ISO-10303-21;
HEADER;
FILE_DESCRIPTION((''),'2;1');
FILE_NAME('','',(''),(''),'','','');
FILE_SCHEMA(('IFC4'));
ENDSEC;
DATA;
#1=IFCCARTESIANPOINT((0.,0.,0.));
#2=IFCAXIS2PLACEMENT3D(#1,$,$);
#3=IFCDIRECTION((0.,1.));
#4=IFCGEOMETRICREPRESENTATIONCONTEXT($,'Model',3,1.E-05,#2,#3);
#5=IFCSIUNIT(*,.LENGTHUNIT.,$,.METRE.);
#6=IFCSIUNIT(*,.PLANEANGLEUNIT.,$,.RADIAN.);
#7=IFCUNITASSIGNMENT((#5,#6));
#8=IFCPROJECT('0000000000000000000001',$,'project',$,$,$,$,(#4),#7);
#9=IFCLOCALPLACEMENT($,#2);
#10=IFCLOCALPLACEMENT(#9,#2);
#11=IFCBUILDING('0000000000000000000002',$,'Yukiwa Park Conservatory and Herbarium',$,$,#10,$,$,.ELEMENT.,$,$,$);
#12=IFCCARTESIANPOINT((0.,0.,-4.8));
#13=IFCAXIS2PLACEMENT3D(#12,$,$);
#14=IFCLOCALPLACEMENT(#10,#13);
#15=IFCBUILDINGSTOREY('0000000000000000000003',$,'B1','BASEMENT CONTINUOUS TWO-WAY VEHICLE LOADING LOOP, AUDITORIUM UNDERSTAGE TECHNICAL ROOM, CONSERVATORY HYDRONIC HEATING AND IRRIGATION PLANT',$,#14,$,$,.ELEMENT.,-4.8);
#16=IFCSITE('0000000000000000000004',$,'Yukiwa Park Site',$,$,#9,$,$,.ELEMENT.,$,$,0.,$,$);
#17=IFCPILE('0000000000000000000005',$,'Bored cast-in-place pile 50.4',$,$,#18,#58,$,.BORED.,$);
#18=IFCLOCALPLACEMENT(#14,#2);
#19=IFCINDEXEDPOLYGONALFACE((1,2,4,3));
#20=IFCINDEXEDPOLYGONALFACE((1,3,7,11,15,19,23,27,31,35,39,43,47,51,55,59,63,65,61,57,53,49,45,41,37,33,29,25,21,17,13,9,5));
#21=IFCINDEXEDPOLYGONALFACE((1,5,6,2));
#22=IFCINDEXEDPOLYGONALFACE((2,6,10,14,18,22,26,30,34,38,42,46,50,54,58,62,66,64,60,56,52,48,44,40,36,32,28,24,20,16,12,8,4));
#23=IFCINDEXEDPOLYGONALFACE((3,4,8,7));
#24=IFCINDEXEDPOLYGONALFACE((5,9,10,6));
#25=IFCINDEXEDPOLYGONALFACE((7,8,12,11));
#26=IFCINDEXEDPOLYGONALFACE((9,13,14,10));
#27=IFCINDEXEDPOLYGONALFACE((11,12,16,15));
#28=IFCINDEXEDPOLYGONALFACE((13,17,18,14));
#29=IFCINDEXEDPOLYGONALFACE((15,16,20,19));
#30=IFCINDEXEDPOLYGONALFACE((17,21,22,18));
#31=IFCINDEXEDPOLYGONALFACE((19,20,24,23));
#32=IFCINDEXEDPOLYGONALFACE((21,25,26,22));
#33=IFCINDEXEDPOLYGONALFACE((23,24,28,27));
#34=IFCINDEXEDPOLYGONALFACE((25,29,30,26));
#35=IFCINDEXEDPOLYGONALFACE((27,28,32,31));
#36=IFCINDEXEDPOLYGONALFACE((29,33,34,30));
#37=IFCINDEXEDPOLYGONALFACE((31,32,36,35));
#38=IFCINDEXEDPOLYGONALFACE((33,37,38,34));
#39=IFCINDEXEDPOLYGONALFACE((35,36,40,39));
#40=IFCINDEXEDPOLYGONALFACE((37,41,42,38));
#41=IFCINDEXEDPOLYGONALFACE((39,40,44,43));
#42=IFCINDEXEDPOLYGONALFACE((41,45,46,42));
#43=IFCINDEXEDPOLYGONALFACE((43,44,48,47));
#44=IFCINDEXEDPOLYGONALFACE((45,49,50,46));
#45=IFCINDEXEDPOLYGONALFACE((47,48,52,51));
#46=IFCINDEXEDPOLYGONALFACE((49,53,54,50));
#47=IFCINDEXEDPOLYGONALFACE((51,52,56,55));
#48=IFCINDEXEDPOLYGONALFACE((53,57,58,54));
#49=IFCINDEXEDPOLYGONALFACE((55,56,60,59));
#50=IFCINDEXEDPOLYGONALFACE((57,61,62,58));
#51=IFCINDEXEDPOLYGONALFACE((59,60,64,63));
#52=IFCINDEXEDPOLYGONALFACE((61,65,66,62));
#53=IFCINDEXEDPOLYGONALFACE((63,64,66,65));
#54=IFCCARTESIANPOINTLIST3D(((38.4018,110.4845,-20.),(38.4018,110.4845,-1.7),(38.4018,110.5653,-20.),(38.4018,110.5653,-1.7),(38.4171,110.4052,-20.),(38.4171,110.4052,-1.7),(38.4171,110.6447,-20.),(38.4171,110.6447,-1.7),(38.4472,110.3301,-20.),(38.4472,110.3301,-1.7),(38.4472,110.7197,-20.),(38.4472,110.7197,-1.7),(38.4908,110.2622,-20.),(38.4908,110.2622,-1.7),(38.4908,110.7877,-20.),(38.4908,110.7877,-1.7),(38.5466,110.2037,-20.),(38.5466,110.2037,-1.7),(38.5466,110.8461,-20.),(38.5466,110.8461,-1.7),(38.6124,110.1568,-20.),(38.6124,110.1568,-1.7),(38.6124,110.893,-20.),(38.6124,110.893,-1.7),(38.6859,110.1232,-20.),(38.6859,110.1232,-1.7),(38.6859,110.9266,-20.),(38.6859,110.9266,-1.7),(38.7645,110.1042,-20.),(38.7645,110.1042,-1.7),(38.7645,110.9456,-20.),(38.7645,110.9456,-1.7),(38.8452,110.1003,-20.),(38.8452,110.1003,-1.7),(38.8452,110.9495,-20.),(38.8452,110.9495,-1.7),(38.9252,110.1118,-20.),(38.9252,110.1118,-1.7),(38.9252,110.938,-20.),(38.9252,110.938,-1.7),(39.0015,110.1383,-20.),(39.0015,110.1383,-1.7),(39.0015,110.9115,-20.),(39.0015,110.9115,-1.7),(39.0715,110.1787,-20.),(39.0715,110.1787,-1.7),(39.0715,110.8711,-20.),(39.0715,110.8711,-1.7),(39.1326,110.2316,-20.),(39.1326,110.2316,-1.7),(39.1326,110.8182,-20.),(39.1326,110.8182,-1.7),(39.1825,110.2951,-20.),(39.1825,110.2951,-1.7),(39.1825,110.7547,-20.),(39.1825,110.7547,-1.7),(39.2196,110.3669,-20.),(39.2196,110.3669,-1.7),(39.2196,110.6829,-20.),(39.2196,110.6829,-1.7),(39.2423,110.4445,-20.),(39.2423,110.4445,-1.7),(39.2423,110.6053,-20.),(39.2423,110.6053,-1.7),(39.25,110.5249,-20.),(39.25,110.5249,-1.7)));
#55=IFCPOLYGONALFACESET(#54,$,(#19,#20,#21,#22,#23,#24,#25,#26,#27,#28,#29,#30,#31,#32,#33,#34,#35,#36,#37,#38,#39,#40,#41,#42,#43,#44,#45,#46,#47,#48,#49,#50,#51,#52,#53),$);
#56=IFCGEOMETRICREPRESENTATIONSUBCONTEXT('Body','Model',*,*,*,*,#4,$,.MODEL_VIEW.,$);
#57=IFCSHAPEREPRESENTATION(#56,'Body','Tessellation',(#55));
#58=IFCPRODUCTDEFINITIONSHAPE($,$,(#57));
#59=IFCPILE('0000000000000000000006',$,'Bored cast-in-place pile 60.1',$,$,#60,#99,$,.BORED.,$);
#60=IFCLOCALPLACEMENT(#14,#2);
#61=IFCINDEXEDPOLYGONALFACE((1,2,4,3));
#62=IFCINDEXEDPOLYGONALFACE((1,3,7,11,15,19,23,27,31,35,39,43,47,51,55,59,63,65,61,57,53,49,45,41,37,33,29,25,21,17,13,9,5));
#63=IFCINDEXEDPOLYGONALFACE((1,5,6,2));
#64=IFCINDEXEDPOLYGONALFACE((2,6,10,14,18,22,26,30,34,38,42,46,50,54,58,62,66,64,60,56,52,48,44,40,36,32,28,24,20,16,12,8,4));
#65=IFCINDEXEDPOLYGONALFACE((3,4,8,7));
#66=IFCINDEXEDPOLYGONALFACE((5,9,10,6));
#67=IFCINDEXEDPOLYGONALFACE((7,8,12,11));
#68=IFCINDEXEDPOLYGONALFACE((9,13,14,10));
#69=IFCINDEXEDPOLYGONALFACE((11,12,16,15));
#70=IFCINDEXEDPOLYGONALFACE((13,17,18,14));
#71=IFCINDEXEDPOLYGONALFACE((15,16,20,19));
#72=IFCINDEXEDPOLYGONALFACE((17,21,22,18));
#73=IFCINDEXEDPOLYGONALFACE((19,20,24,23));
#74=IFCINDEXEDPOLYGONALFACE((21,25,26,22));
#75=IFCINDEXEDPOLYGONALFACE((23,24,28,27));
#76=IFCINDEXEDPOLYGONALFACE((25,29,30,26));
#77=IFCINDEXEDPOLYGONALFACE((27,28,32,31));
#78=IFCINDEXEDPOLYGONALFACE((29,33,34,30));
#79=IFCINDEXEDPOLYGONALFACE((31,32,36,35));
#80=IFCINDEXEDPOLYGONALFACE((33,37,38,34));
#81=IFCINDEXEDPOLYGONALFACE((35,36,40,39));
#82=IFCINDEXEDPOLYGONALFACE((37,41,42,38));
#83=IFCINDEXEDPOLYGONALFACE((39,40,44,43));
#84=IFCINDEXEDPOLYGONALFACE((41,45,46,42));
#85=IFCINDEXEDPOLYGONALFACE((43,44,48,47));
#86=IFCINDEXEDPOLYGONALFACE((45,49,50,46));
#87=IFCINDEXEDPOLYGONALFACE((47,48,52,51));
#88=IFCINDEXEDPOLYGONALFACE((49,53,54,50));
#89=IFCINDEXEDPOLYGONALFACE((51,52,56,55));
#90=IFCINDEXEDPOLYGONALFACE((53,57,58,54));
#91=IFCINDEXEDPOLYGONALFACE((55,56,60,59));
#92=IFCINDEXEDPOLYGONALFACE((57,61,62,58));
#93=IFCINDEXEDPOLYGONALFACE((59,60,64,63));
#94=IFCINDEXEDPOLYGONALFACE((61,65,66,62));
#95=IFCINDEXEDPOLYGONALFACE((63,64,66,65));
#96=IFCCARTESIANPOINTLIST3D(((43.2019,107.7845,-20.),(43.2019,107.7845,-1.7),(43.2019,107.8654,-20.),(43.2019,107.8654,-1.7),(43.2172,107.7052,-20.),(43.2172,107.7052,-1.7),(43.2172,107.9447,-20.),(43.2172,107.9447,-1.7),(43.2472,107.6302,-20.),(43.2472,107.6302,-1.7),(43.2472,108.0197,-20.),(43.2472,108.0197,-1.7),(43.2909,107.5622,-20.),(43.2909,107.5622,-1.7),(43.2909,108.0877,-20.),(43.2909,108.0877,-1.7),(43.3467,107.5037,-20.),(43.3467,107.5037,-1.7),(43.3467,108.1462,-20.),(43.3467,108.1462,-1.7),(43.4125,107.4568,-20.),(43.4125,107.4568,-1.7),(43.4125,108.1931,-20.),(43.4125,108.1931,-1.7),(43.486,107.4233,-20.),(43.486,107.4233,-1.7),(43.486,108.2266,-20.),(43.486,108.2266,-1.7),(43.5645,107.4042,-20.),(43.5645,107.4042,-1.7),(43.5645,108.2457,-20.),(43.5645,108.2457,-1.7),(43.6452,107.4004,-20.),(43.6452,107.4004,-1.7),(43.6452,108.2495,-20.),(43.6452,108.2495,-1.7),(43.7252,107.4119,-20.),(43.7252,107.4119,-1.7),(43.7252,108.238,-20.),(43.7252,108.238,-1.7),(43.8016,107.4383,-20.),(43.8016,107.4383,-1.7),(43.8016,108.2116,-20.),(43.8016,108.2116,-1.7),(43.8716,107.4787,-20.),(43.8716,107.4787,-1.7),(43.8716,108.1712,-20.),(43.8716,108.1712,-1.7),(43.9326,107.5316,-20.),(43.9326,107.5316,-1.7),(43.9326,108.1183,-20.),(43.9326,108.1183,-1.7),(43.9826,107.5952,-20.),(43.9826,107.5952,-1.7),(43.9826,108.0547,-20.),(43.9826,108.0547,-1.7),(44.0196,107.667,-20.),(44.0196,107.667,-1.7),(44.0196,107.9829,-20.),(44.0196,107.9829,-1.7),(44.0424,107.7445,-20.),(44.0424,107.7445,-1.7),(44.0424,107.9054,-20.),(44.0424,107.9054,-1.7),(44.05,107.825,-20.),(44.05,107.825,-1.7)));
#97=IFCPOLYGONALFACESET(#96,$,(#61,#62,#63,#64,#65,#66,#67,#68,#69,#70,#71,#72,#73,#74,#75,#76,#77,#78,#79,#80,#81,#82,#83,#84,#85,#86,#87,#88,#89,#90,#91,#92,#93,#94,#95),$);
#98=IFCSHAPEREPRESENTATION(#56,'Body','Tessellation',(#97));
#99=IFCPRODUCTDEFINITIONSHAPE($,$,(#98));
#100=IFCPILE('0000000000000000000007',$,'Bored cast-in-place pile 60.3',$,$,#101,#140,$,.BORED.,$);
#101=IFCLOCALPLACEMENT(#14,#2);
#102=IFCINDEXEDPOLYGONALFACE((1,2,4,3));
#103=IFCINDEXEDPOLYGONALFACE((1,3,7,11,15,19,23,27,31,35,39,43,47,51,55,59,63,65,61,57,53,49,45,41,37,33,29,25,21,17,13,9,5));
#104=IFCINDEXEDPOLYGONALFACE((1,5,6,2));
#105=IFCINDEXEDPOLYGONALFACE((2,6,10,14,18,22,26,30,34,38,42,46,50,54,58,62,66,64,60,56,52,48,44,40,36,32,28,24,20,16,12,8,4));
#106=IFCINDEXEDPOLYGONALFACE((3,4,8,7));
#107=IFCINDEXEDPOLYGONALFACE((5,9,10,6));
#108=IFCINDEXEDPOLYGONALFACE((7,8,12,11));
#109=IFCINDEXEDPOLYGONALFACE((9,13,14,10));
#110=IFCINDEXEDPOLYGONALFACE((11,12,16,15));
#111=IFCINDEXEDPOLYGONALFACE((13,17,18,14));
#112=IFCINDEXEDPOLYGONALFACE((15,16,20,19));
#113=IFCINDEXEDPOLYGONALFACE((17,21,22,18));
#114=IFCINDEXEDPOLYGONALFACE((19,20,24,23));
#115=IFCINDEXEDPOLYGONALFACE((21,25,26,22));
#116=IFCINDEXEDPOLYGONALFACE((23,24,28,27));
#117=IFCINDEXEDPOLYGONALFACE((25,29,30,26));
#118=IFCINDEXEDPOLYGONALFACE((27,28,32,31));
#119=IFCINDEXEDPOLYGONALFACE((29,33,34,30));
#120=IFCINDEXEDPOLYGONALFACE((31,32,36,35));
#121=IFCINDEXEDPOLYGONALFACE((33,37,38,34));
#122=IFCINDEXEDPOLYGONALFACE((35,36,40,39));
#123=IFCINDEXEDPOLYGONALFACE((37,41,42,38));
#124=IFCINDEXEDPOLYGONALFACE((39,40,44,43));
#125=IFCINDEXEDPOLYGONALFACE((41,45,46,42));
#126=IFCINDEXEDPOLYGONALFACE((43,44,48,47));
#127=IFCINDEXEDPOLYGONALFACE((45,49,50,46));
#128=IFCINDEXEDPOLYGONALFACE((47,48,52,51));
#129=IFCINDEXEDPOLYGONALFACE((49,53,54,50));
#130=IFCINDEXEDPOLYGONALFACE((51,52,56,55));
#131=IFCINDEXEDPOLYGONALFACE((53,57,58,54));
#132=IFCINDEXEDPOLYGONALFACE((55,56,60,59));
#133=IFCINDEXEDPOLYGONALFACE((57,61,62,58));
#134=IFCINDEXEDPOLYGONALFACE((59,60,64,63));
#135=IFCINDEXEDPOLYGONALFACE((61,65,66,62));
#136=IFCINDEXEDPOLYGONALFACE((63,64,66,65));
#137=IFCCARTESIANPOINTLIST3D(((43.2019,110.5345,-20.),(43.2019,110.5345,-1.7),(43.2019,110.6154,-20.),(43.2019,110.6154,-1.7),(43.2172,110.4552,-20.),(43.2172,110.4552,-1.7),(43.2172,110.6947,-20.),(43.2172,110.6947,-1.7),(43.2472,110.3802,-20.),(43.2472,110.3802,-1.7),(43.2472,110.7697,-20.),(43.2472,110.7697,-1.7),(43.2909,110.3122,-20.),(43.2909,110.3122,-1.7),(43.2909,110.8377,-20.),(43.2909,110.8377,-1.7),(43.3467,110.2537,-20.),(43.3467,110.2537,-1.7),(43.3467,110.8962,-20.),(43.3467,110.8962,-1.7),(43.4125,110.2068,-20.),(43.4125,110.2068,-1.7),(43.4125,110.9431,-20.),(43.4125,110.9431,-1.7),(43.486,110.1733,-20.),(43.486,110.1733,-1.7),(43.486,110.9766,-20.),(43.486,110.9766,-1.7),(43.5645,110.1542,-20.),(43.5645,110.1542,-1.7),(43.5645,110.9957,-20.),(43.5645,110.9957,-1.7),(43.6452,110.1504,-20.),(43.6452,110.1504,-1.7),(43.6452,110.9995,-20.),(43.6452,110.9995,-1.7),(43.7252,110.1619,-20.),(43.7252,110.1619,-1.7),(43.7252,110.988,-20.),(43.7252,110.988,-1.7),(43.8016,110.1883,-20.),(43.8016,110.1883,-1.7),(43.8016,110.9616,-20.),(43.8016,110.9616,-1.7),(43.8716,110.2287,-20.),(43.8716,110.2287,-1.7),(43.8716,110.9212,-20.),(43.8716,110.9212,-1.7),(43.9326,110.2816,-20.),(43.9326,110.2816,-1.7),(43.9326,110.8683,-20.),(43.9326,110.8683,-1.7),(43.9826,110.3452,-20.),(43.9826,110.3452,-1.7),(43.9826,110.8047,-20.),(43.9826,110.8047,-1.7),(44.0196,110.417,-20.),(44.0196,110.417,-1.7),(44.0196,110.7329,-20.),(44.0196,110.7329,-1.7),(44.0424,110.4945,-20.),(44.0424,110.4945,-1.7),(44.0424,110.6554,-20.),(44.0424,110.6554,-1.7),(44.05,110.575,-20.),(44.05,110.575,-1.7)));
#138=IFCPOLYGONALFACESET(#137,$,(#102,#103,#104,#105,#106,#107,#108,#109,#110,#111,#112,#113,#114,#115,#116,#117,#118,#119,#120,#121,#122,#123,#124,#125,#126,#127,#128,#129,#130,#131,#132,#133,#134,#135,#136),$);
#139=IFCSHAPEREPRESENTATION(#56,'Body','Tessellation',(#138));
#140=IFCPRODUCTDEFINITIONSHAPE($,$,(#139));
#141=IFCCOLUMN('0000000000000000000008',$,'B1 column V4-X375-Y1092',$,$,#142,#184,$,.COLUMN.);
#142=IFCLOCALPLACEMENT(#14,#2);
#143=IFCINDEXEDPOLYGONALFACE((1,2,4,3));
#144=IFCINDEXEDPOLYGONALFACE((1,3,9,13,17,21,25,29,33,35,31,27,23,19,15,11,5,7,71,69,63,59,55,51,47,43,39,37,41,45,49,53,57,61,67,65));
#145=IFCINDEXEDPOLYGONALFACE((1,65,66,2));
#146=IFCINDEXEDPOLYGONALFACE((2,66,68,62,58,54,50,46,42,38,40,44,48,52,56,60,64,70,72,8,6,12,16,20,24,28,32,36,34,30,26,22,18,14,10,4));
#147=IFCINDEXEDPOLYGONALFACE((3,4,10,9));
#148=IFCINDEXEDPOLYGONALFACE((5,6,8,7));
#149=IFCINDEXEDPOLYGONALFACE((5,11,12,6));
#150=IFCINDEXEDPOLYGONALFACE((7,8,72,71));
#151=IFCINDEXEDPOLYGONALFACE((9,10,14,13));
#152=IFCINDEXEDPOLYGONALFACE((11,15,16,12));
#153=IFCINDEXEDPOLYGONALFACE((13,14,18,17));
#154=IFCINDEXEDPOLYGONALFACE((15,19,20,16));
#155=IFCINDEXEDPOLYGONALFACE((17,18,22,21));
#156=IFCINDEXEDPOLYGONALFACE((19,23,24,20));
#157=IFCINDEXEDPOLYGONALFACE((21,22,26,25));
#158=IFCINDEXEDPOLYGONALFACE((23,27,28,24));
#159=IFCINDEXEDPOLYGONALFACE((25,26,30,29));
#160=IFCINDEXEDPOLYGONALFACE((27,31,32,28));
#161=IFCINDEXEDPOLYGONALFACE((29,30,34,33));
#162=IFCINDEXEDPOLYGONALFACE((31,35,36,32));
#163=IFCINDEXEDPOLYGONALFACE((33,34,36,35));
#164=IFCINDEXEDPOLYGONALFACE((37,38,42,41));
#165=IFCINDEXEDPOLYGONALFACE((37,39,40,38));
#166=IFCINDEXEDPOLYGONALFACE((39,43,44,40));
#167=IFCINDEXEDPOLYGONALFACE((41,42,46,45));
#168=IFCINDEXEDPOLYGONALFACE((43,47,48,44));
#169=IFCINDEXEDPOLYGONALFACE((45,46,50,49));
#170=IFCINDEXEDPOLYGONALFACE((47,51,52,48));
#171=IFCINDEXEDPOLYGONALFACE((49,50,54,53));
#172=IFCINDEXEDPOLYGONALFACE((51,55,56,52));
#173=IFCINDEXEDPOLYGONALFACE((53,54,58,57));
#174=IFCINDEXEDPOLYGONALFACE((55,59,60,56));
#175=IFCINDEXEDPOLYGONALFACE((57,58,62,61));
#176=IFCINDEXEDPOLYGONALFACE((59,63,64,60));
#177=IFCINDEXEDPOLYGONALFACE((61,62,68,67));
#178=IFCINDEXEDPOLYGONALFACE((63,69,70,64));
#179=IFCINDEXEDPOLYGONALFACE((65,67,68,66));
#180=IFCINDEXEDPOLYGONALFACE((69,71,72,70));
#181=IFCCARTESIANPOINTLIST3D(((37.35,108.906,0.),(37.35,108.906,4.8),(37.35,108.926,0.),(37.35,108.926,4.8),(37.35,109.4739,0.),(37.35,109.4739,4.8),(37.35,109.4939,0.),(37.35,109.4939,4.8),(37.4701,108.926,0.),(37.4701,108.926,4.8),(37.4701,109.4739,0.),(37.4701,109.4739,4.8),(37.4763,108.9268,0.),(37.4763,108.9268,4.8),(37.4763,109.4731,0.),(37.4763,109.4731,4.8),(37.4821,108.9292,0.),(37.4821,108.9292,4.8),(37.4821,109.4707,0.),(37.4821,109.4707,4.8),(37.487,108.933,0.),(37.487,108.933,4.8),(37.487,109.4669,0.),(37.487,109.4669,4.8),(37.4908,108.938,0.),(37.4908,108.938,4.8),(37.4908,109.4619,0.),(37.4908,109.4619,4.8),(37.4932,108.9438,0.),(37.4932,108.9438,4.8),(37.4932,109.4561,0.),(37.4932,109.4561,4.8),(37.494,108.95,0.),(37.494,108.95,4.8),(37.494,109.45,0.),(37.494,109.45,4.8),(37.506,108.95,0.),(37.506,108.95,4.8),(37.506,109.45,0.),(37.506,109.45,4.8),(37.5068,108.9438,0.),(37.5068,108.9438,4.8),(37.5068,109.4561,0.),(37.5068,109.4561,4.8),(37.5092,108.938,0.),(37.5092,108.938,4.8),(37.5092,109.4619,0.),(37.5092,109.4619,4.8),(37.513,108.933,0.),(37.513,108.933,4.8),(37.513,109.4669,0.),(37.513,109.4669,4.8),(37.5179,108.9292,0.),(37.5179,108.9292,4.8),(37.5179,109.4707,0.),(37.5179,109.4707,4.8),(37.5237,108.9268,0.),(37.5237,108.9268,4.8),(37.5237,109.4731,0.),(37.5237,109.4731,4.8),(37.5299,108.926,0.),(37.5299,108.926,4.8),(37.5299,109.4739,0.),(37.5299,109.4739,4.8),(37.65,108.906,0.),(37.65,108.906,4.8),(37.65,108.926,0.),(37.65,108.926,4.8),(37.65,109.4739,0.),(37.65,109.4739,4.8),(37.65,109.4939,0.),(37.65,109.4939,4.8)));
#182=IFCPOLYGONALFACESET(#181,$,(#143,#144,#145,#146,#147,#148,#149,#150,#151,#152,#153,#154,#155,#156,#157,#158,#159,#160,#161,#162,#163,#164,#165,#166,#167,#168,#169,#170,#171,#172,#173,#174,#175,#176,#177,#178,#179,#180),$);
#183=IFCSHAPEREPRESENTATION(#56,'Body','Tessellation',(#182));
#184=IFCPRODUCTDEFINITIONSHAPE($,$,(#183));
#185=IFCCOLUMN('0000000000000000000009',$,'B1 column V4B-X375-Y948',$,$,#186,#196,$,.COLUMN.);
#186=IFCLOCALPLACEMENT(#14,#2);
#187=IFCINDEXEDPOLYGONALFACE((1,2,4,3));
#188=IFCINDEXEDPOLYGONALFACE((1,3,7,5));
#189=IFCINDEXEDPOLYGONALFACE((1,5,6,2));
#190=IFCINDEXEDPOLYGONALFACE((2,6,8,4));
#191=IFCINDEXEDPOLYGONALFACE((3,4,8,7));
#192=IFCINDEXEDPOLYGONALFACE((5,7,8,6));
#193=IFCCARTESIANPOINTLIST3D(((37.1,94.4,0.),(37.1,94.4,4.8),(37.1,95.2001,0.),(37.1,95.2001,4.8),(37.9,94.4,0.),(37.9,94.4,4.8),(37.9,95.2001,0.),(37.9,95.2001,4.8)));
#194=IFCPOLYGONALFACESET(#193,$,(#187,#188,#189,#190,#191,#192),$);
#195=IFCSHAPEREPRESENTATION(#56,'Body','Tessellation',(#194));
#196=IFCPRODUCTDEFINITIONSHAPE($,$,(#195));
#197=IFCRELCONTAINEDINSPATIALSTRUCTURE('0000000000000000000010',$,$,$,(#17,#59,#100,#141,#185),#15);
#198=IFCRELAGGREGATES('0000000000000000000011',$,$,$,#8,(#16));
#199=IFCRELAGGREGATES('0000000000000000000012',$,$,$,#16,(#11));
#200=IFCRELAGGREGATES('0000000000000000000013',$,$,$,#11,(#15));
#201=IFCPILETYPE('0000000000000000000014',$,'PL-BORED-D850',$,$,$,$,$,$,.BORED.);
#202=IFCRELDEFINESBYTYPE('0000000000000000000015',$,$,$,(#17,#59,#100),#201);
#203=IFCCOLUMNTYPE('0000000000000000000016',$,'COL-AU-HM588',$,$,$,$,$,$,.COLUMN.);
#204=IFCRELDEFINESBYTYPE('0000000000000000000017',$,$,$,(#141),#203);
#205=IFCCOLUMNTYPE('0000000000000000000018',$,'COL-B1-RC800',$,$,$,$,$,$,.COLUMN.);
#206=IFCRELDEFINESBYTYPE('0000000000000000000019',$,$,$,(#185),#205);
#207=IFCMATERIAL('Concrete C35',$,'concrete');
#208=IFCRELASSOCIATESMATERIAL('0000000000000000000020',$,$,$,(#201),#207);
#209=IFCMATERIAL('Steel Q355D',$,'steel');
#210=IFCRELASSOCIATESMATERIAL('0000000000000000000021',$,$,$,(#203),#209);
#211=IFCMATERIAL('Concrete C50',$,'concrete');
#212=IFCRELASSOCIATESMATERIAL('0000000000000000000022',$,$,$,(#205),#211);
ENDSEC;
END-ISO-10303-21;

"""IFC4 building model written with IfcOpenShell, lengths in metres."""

from ifc_helpers import new_model, si_unit, direction, frame, origin, origin_2d, place, context, subcontext, project, spatial, rectangle, circle, i_section, extrude, material, material_profile, profile_set, type_object, element, save


model = new_model("IFC4")

# Units and contexts
model_context = context("Model", 3, precision=1e-05, world=origin(), true_north=direction((0.0, 1.0)))
body_context = subcontext(model_context, "Body", "Model", "MODEL_VIEW")
ifc_project = project(units=[si_unit("LENGTHUNIT", "METRE"), si_unit("PLANEANGLEUNIT", "RADIAN")], contexts=[model_context])

# Site, building, storey
site_placement = place(None, origin())
site = spatial("IfcSite", under=ifc_project, at=site_placement, Name="Yukiwa Park Site", CompositionType="ELEMENT", RefElevation=0.0)
building_placement = place(site_placement, origin())
building = spatial("IfcBuilding", under=site, at=building_placement, Name="Yukiwa Park Conservatory and Herbarium", CompositionType="ELEMENT")
storey_placement = place(building_placement, frame((0.0, 0.0, -4.8)))
storey = spatial("IfcBuildingStorey", under=building, at=storey_placement, Name="B1", Description="BASEMENT CONTINUOUS TWO-WAY VEHICLE LOADING LOOP, AUDITORIUM UNDERSTAGE TECHNICAL ROOM, CONSERVATORY HYDRONIC HEATING AND IRRIGATION PLANT", CompositionType="ELEMENT", Elevation=-4.8)

# Piles
ifc_material_1 = material(Name="Concrete C35", Category="concrete")
ifc_material_profile_1 = material_profile(ifc_material_1, circle(Radius=0.425, at=origin_2d()), Name="PILE D850")
ifc_profile_set_1 = profile_set([ifc_material_profile_1], Name="Concrete C35")
pile_type_1 = type_object("IfcPileType", Name="PL-BORED-D850", PredefinedType="BORED", material=ifc_profile_set_1)
for number, where, z_axis, x_axis, name in (
    (1, (38.825, 110.5249, -1.7), (0.0, 0.0, -1.0), (1.0, 0.0, 0.0), "Bored cast-in-place pile 50.4"),
    (2, (43.625, 107.825, -1.7), (0.0, 0.0, -1.0), (1.0, 0.0, 0.0), "Bored cast-in-place pile 60.1"),
    (3, (43.625, 110.575, -1.7), (0.0, 0.0, -1.0), (1.0, 0.0, 0.0), "Bored cast-in-place pile 60.3"),
):
    element("IfcPile", number, at=place(storey_placement, frame(where, z_axis=z_axis, x_axis=x_axis)), inside=storey, type_object=pile_type_1, Name=name, PredefinedType="BORED", context=body_context, shape_type="SweptSolid", body=[
        extrude(circle(Radius=0.425, at=origin_2d()), origin(), (0.0, 0.0, 1.0), 18.3),
    ])

# Columns
ifc_material_2 = material(Name="Steel Q355D", Category="steel")
ifc_material_profile_2 = material_profile(ifc_material_2, i_section(OverallWidth=0.3, OverallDepth=0.5879, WebThickness=0.012, FlangeThickness=0.02, FilletRadius=0.0239, at=origin_2d()), Name="HM 588x300x12x20")
ifc_profile_set_2 = profile_set([ifc_material_profile_2], Name="Steel Q355D")
column_type_1 = type_object("IfcColumnType", Name="COL-AU-HM588", PredefinedType="COLUMN", material=ifc_profile_set_2)
column_1_placement = place(storey_placement, frame((37.5, 109.2, 0.0), z_axis=(0.0, 0.0, 1.0), x_axis=(1.0, 0.0, 0.0)))
element("IfcColumn", 4, at=column_1_placement, inside=storey, type_object=column_type_1, Name="B1 column V4-X375-Y1092", PredefinedType="COLUMN", context=body_context, shape_type="SweptSolid", body=[
    extrude(i_section(OverallWidth=0.3, OverallDepth=0.5879, WebThickness=0.012, FlangeThickness=0.02, FilletRadius=0.0239, at=origin_2d()), origin(), (0.0, 0.0, 1.0), 4.8),
])
ifc_material_3 = material(Name="Concrete C50", Category="concrete")
ifc_material_profile_3 = material_profile(ifc_material_3, rectangle(XDim=0.8, YDim=0.8, at=origin_2d()), Name="RC 800x800")
ifc_profile_set_3 = profile_set([ifc_material_profile_3], Name="Concrete C50")
column_type_2 = type_object("IfcColumnType", Name="COL-B1-RC800", PredefinedType="COLUMN", material=ifc_profile_set_3)
for number, where, z_axis, x_axis, name in (
    (5, (37.5, 94.8, 0.0), (0.0, 0.0, 1.0), (1.0, 0.0, 0.0), "B1 column V4B-X375-Y948"),
):
    element("IfcColumn", number, at=place(storey_placement, frame(where, z_axis=z_axis, x_axis=x_axis)), inside=storey, type_object=column_type_2, Name=name, PredefinedType="COLUMN", context=body_context, shape_type="SweptSolid", body=[
        extrude(rectangle(XDim=0.8, YDim=0.8, at=origin_2d()), origin(), (0.0, 0.0, 1.0), 4.8),
    ])

save(model, "model.ifc")
